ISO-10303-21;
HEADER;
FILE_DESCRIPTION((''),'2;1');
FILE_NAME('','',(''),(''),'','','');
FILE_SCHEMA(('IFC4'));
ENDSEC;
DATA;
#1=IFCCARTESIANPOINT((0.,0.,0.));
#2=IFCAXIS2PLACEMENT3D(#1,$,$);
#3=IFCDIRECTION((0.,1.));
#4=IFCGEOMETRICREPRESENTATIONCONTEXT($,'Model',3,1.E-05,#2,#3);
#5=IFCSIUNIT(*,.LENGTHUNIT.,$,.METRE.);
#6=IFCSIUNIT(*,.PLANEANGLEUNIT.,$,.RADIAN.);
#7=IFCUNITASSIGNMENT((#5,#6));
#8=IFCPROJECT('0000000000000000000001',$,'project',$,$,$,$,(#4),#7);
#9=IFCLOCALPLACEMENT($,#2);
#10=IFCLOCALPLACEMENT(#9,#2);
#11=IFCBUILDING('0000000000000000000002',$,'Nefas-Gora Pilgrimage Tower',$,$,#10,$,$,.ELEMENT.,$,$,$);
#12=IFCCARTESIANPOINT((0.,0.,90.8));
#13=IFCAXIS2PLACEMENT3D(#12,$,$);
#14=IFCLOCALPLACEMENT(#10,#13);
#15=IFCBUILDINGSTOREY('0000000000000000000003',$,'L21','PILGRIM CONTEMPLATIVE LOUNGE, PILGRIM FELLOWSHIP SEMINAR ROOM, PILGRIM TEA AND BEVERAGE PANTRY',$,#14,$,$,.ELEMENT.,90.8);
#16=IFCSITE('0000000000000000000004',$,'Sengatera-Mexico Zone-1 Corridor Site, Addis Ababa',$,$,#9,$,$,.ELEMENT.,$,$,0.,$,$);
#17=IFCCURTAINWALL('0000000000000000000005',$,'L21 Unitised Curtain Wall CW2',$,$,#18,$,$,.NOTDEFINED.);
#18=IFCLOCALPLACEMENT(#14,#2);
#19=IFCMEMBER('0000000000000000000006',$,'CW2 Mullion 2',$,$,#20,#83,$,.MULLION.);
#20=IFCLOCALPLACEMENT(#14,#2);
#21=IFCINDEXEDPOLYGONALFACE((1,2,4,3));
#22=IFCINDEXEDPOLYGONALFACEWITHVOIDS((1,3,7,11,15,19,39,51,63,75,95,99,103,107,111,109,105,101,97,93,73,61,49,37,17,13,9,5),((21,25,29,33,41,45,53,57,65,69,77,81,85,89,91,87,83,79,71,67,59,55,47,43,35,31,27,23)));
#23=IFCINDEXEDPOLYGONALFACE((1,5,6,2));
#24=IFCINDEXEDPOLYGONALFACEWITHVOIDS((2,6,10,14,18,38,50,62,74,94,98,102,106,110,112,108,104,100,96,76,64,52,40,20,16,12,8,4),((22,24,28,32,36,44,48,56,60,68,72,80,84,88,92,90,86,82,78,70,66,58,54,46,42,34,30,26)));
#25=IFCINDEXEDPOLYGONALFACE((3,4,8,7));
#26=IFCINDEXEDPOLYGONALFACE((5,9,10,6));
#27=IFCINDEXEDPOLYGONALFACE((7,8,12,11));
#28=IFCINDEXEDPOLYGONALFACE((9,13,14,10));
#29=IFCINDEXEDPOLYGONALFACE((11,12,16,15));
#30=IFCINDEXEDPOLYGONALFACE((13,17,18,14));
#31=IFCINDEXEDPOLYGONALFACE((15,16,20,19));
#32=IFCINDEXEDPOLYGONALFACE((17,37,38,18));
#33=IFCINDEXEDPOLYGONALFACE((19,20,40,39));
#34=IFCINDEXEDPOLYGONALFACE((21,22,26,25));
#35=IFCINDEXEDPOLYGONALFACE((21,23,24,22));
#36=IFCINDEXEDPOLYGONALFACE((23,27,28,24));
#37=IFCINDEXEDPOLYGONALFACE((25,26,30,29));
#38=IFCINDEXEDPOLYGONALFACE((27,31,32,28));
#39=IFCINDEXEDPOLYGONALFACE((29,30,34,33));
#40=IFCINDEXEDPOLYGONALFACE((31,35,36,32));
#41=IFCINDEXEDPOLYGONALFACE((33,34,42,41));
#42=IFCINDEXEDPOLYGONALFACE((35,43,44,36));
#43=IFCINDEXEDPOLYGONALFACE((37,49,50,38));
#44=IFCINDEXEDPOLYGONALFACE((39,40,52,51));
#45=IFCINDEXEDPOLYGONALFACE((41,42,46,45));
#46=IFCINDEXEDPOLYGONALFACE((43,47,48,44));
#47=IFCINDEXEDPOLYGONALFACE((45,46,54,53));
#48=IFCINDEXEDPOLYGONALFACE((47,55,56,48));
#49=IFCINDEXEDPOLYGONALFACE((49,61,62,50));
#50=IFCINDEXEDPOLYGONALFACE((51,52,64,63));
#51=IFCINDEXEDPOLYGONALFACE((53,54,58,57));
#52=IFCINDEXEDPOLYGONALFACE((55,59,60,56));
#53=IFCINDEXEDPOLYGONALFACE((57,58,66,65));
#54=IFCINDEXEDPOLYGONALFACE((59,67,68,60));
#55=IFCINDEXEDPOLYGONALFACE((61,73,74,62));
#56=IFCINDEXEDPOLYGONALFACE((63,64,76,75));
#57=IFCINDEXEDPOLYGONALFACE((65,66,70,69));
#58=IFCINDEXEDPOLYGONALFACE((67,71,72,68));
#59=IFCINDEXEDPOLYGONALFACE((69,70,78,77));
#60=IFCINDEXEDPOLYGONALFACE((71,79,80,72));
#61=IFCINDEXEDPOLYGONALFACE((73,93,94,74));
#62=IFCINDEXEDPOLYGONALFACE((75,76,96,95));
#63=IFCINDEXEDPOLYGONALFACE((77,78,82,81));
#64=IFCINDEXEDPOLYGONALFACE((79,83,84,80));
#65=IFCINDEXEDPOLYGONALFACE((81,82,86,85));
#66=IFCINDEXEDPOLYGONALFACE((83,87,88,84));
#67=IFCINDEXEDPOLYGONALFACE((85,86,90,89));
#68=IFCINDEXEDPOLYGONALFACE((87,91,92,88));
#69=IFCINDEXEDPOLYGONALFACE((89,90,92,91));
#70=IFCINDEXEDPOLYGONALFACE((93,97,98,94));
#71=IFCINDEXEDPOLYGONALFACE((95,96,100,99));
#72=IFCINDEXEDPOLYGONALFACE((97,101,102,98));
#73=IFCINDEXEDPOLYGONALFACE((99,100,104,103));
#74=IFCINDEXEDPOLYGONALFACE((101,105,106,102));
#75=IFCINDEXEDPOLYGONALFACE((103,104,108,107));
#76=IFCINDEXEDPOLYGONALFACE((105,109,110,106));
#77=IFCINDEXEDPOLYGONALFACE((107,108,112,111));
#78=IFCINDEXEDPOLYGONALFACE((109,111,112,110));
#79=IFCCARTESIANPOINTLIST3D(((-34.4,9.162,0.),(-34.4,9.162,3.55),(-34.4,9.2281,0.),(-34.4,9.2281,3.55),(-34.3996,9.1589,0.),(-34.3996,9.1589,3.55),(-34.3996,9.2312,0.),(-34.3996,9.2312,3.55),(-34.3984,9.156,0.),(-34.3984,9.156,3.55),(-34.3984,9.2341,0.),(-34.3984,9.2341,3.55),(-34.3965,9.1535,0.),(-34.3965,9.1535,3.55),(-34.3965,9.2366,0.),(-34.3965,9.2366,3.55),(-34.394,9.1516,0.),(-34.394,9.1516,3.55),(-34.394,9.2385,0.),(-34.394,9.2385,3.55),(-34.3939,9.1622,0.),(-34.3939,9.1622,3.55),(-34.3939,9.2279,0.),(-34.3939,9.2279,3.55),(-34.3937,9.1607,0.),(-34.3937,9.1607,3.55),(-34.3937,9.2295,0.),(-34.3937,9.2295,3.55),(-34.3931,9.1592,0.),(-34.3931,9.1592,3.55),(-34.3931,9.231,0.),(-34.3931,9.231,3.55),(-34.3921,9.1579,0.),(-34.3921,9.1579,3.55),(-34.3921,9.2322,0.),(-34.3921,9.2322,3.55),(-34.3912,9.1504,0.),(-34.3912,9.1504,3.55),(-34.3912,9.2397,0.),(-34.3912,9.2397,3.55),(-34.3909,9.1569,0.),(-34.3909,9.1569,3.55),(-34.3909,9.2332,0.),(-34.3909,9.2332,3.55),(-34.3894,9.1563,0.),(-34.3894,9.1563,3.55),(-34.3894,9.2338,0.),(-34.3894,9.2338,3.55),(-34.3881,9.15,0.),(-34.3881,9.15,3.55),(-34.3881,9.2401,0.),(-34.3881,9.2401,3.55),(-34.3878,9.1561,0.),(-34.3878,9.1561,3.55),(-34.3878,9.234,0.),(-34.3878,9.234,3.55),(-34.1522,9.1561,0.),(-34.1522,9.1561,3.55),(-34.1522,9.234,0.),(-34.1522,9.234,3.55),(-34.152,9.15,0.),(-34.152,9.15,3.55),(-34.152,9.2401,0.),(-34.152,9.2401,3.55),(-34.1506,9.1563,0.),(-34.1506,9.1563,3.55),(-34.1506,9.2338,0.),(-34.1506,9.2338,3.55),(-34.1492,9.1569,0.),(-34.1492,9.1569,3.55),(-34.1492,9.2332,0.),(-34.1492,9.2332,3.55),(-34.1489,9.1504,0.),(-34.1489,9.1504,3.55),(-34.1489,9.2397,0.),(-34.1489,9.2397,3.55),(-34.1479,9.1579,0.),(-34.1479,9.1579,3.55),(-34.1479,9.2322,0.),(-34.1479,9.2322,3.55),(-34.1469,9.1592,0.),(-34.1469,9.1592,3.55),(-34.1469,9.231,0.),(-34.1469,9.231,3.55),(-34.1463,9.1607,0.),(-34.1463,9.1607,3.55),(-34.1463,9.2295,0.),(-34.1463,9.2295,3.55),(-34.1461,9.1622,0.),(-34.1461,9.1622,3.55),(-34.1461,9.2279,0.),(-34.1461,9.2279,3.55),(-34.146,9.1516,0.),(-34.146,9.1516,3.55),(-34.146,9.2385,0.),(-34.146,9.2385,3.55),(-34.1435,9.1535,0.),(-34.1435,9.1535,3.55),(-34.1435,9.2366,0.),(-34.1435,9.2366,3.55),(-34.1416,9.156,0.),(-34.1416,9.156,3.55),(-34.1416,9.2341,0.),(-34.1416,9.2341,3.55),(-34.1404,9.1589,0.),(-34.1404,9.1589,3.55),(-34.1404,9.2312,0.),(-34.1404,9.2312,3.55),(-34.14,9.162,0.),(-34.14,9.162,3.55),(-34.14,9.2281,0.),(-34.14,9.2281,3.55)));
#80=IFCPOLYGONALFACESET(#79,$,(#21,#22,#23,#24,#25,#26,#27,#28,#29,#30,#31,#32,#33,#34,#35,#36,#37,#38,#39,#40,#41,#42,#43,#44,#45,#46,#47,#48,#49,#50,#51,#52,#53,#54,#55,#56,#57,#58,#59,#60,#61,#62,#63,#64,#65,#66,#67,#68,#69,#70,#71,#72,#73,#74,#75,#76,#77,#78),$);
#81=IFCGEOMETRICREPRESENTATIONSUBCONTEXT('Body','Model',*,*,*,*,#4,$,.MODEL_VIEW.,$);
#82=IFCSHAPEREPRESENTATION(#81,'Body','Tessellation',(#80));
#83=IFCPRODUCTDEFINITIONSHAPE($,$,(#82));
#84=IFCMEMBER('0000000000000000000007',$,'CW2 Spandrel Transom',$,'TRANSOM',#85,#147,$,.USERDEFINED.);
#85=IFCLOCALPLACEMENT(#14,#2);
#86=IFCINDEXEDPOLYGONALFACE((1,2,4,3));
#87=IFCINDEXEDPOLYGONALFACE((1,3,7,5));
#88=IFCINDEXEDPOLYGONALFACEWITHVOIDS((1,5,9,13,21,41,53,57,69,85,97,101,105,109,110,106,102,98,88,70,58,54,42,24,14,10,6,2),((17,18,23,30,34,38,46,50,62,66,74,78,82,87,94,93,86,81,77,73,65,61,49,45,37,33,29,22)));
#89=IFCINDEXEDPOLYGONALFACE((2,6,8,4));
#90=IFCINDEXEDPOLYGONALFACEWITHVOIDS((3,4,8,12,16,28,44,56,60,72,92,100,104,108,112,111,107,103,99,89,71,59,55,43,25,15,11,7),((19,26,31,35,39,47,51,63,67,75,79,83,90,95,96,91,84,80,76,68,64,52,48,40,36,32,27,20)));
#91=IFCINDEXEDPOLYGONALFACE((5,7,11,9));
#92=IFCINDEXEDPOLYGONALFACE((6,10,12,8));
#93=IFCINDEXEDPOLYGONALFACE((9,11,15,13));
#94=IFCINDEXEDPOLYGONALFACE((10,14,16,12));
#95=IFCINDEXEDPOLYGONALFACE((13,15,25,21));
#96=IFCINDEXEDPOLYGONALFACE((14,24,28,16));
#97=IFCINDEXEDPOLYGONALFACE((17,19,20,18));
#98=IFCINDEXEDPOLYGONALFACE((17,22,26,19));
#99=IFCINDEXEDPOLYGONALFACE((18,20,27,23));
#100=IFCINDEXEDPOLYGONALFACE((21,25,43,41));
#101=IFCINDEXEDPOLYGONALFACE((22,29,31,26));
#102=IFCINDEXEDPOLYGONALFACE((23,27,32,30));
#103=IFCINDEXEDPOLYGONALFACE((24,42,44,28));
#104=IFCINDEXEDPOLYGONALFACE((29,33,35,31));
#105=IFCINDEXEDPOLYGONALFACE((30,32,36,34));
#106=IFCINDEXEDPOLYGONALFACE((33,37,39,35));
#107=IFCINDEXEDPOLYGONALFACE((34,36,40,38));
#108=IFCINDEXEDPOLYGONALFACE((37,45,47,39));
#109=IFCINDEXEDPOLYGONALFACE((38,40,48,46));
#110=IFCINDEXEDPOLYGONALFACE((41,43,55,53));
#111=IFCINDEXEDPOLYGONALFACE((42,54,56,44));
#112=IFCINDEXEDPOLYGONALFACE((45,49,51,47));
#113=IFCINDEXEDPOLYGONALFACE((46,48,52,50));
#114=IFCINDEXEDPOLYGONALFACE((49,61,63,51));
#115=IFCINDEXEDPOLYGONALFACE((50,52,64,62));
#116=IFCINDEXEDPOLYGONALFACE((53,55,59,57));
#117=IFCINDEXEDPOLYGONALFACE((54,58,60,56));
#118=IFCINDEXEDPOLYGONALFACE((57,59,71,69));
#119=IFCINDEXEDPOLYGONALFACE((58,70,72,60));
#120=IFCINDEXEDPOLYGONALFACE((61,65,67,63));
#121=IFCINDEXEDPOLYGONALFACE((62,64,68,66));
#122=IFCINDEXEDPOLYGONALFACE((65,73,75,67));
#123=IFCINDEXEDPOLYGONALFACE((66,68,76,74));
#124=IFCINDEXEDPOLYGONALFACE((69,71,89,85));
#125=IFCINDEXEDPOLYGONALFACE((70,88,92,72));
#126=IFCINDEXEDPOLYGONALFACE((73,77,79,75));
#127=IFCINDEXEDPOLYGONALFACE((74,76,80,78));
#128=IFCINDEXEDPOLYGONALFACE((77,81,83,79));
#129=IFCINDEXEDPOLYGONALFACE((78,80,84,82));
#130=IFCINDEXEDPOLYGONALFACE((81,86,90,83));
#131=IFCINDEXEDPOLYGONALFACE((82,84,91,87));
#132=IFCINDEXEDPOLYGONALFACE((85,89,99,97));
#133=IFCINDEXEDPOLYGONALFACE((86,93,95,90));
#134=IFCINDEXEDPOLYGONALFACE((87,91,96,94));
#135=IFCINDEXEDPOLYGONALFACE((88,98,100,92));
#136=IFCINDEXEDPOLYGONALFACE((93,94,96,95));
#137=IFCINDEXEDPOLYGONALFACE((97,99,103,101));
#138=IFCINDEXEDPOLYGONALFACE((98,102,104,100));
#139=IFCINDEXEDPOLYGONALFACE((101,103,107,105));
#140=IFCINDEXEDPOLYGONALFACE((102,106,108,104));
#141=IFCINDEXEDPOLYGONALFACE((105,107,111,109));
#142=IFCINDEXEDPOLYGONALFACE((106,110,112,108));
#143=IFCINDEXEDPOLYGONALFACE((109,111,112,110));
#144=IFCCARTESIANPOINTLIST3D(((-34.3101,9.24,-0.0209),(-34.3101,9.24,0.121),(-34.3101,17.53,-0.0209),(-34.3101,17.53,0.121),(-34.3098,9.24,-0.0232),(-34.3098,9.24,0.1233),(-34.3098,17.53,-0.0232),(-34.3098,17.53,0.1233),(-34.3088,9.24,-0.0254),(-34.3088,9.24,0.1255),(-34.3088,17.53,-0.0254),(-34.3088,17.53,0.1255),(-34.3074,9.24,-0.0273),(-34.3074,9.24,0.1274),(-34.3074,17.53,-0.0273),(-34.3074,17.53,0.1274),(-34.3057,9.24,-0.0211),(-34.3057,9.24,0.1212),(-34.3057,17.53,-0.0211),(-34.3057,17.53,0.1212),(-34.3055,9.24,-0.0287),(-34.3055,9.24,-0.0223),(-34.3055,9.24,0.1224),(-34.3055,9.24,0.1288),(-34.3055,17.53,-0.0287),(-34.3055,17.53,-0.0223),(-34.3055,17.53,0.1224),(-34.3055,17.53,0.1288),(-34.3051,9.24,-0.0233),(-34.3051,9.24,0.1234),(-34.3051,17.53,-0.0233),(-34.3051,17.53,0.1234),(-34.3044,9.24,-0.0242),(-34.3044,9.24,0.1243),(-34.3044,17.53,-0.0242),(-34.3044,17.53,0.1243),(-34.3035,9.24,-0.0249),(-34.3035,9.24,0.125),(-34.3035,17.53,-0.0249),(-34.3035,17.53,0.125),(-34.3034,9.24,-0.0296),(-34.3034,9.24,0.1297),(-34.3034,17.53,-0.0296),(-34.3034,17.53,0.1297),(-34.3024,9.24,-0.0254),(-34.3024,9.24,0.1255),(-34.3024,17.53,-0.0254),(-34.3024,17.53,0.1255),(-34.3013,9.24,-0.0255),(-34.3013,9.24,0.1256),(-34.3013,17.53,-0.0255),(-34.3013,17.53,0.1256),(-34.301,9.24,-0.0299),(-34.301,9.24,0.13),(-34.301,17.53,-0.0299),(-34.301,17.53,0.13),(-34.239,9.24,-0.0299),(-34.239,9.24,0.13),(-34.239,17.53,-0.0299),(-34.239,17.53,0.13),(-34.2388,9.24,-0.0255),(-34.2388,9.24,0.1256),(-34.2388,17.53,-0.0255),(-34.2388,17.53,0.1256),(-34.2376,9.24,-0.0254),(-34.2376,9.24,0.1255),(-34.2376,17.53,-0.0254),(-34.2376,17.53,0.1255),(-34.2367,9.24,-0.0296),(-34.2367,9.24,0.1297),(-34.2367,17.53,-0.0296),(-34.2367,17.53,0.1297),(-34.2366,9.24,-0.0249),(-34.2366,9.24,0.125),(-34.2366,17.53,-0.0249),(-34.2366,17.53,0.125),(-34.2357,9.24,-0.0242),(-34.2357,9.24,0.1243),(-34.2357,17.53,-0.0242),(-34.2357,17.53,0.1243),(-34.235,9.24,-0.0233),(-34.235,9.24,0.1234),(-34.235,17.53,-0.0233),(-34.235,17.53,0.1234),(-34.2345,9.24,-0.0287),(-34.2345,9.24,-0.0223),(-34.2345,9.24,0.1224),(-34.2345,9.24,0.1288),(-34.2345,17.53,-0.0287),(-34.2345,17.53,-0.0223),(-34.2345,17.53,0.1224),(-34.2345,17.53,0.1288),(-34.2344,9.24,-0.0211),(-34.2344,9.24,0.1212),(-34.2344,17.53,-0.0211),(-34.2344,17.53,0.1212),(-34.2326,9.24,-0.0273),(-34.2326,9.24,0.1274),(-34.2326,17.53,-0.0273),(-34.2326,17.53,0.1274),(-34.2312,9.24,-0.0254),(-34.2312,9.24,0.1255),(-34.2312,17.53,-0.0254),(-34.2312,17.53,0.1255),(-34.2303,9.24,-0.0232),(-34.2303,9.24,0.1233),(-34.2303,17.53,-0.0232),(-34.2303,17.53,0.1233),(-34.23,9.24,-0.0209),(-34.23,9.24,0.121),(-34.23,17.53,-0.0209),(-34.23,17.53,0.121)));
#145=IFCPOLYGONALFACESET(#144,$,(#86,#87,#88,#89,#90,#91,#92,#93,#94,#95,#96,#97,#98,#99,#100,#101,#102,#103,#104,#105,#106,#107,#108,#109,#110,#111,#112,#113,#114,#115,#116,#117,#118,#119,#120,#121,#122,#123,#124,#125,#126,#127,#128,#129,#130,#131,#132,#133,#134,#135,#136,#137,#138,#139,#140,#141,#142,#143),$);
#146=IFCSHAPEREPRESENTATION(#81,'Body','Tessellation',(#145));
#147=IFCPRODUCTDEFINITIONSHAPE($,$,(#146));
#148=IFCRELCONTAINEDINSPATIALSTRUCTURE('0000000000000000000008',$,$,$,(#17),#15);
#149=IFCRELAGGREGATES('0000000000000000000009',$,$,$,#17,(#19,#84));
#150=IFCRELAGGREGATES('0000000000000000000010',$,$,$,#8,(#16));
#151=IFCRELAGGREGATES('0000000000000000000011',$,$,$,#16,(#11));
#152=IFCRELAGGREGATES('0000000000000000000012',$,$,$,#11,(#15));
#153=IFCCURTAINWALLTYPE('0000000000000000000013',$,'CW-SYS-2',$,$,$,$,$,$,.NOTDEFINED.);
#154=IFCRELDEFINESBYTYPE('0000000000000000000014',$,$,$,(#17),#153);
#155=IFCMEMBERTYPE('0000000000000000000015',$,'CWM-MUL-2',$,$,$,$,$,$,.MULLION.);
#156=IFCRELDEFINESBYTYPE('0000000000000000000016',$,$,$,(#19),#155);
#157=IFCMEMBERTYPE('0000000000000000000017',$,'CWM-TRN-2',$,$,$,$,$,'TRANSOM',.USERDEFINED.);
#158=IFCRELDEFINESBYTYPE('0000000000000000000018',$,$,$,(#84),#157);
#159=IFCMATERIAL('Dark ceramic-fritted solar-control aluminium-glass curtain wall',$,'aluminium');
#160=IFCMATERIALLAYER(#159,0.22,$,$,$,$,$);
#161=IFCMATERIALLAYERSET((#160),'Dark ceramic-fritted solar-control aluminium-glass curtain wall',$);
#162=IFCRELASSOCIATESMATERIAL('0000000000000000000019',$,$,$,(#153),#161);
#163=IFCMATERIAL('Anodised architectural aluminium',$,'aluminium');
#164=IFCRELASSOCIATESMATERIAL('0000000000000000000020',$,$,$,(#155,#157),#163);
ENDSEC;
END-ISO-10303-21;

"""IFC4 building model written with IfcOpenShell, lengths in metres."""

from ifc_helpers import new_model, si_unit, direction, frame, origin, origin_2d, place, context, subcontext, project, spatial, hollow_rectangle, extrude, source, transform, mapped, material, layer, layer_set, material_profile, profile_set, type_object, element, aggregate, save


model = new_model("IFC4")

# Units and contexts
model_context = context("Model", 3, precision=1e-05, world=origin(), true_north=direction((0.0, 1.0)))
body_context = subcontext(model_context, "Body", "Model", "MODEL_VIEW")
ifc_project = project(units=[si_unit("LENGTHUNIT", "METRE"), si_unit("PLANEANGLEUNIT", "RADIAN")], contexts=[model_context])

# Site, building, storey
site_placement = place(None, origin())
site = spatial("IfcSite", under=ifc_project, at=site_placement, Name="Sengatera-Mexico Zone-1 Corridor Site, Addis Ababa", CompositionType="ELEMENT", RefElevation=0.0)
building_placement = place(site_placement, origin())
building = spatial("IfcBuilding", under=site, at=building_placement, Name="Nefas-Gora Pilgrimage Tower", CompositionType="ELEMENT")
storey_placement = place(building_placement, frame((0.0, 0.0, 90.8)))
storey = spatial("IfcBuildingStorey", under=building, at=storey_placement, Name="L21", Description="PILGRIM CONTEMPLATIVE LOUNGE, PILGRIM FELLOWSHIP SEMINAR ROOM, PILGRIM TEA AND BEVERAGE PANTRY", CompositionType="ELEMENT", Elevation=90.8)

# Shared definitions
ifc_material_1 = material(Name="Dark ceramic-fritted solar-control aluminium-glass curtain wall", Category="aluminium")
ifc_material_2 = material(Name="Anodised architectural aluminium", Category="aluminium")

# Curtain wall, members
ifc_layer_1 = layer(ifc_material_1, 0.22)
ifc_layer_set_1 = layer_set([ifc_layer_1], Name="Dark ceramic-fritted solar-control aluminium-glass curtain wall")
curtain_wall_type_1 = type_object("IfcCurtainWallType", Name="CW-SYS-2", PredefinedType="NOTDEFINED", material=ifc_layer_set_1)
ifc_material_profile_1 = material_profile(ifc_material_2, hollow_rectangle(XDim=0.0901, YDim=0.26, WallThickness=0.0061, InnerFilletRadius=0.0061, OuterFilletRadius=0.012, at=origin_2d()), Name="ALU MULLION 90x260")
ifc_profile_set_1 = profile_set([ifc_material_profile_1], Name="Anodised architectural aluminium")
member_type_1 = type_object("IfcMemberType", Name="CWM-MUL-2", PredefinedType="MULLION", material=ifc_profile_set_1)
shared_shape_1 = source(origin(), body_context, "Body", "SweptSolid", [
    extrude(hollow_rectangle(XDim=0.0901, YDim=0.26, WallThickness=0.0061, InnerFilletRadius=0.0061, OuterFilletRadius=0.012, at=origin_2d()), origin(), (0.0, 0.0, 1.0), 3.55),
])
curtain_wall_1_placement = place(storey_placement, origin())
curtain_wall_1 = element("IfcCurtainWall", 1, at=curtain_wall_1_placement, inside=storey, type_object=curtain_wall_type_1, Name="L21 Unitised Curtain Wall CW2", PredefinedType="NOTDEFINED")
member_1_placement = place(storey_placement, frame((-34.27, 9.1951, 0.0), z_axis=(0.0, 0.0, 1.0), x_axis=(0.0, -1.0, 0.0)))
member_1 = element("IfcMember", 2, at=member_1_placement, type_object=member_type_1, Name="CW2 Mullion 2", PredefinedType="MULLION", context=body_context, shape_type="MappedRepresentation", body=[
    mapped(shared_shape_1, transform((0.0, 0.0, 0.0), x_axis=(1.0, 0.0, 0.0), y_axis=(0.0, 1.0, 0.0), z_axis=(0.0, 0.0, 1.0), scale=1.0)),
])
ifc_material_profile_2 = material_profile(ifc_material_2, hollow_rectangle(XDim=0.0801, YDim=0.1599, WallThickness=0.0044, InnerFilletRadius=0.0044, OuterFilletRadius=0.009, at=origin_2d()), Name="ALU TRANSOM 80x160")
ifc_profile_set_2 = profile_set([ifc_material_profile_2], Name="Anodised architectural aluminium")
member_type_2 = type_object("IfcMemberType", Name="CWM-TRN-2", ElementType="TRANSOM", PredefinedType="USERDEFINED", material=ifc_profile_set_2)
shared_shape_2 = source(origin(), body_context, "Body", "SweptSolid", [
    extrude(hollow_rectangle(XDim=0.0801, YDim=0.1599, WallThickness=0.0044, InnerFilletRadius=0.0044, OuterFilletRadius=0.009, at=origin_2d()), origin(), (0.0, 0.0, 1.0), 8.29),
])
member_2_placement = place(storey_placement, frame((-34.27, 17.53, 0.05), z_axis=(0.0, -1.0, 0.0), x_axis=(1.0, 0.0, 0.0)))
member_2 = element("IfcMember", 3, at=member_2_placement, type_object=member_type_2, Name="CW2 Spandrel Transom", ObjectType="TRANSOM", PredefinedType="USERDEFINED", context=body_context, shape_type="MappedRepresentation", body=[
    mapped(shared_shape_2, transform((0.0, 0.0, 0.0), x_axis=(1.0, 0.0, 0.0), y_axis=(0.0, 1.0, 0.0), z_axis=(0.0, 0.0, 1.0), scale=1.0)),
])

aggregate(curtain_wall_1, [member_1, member_2])

save(model, "model.ifc")
